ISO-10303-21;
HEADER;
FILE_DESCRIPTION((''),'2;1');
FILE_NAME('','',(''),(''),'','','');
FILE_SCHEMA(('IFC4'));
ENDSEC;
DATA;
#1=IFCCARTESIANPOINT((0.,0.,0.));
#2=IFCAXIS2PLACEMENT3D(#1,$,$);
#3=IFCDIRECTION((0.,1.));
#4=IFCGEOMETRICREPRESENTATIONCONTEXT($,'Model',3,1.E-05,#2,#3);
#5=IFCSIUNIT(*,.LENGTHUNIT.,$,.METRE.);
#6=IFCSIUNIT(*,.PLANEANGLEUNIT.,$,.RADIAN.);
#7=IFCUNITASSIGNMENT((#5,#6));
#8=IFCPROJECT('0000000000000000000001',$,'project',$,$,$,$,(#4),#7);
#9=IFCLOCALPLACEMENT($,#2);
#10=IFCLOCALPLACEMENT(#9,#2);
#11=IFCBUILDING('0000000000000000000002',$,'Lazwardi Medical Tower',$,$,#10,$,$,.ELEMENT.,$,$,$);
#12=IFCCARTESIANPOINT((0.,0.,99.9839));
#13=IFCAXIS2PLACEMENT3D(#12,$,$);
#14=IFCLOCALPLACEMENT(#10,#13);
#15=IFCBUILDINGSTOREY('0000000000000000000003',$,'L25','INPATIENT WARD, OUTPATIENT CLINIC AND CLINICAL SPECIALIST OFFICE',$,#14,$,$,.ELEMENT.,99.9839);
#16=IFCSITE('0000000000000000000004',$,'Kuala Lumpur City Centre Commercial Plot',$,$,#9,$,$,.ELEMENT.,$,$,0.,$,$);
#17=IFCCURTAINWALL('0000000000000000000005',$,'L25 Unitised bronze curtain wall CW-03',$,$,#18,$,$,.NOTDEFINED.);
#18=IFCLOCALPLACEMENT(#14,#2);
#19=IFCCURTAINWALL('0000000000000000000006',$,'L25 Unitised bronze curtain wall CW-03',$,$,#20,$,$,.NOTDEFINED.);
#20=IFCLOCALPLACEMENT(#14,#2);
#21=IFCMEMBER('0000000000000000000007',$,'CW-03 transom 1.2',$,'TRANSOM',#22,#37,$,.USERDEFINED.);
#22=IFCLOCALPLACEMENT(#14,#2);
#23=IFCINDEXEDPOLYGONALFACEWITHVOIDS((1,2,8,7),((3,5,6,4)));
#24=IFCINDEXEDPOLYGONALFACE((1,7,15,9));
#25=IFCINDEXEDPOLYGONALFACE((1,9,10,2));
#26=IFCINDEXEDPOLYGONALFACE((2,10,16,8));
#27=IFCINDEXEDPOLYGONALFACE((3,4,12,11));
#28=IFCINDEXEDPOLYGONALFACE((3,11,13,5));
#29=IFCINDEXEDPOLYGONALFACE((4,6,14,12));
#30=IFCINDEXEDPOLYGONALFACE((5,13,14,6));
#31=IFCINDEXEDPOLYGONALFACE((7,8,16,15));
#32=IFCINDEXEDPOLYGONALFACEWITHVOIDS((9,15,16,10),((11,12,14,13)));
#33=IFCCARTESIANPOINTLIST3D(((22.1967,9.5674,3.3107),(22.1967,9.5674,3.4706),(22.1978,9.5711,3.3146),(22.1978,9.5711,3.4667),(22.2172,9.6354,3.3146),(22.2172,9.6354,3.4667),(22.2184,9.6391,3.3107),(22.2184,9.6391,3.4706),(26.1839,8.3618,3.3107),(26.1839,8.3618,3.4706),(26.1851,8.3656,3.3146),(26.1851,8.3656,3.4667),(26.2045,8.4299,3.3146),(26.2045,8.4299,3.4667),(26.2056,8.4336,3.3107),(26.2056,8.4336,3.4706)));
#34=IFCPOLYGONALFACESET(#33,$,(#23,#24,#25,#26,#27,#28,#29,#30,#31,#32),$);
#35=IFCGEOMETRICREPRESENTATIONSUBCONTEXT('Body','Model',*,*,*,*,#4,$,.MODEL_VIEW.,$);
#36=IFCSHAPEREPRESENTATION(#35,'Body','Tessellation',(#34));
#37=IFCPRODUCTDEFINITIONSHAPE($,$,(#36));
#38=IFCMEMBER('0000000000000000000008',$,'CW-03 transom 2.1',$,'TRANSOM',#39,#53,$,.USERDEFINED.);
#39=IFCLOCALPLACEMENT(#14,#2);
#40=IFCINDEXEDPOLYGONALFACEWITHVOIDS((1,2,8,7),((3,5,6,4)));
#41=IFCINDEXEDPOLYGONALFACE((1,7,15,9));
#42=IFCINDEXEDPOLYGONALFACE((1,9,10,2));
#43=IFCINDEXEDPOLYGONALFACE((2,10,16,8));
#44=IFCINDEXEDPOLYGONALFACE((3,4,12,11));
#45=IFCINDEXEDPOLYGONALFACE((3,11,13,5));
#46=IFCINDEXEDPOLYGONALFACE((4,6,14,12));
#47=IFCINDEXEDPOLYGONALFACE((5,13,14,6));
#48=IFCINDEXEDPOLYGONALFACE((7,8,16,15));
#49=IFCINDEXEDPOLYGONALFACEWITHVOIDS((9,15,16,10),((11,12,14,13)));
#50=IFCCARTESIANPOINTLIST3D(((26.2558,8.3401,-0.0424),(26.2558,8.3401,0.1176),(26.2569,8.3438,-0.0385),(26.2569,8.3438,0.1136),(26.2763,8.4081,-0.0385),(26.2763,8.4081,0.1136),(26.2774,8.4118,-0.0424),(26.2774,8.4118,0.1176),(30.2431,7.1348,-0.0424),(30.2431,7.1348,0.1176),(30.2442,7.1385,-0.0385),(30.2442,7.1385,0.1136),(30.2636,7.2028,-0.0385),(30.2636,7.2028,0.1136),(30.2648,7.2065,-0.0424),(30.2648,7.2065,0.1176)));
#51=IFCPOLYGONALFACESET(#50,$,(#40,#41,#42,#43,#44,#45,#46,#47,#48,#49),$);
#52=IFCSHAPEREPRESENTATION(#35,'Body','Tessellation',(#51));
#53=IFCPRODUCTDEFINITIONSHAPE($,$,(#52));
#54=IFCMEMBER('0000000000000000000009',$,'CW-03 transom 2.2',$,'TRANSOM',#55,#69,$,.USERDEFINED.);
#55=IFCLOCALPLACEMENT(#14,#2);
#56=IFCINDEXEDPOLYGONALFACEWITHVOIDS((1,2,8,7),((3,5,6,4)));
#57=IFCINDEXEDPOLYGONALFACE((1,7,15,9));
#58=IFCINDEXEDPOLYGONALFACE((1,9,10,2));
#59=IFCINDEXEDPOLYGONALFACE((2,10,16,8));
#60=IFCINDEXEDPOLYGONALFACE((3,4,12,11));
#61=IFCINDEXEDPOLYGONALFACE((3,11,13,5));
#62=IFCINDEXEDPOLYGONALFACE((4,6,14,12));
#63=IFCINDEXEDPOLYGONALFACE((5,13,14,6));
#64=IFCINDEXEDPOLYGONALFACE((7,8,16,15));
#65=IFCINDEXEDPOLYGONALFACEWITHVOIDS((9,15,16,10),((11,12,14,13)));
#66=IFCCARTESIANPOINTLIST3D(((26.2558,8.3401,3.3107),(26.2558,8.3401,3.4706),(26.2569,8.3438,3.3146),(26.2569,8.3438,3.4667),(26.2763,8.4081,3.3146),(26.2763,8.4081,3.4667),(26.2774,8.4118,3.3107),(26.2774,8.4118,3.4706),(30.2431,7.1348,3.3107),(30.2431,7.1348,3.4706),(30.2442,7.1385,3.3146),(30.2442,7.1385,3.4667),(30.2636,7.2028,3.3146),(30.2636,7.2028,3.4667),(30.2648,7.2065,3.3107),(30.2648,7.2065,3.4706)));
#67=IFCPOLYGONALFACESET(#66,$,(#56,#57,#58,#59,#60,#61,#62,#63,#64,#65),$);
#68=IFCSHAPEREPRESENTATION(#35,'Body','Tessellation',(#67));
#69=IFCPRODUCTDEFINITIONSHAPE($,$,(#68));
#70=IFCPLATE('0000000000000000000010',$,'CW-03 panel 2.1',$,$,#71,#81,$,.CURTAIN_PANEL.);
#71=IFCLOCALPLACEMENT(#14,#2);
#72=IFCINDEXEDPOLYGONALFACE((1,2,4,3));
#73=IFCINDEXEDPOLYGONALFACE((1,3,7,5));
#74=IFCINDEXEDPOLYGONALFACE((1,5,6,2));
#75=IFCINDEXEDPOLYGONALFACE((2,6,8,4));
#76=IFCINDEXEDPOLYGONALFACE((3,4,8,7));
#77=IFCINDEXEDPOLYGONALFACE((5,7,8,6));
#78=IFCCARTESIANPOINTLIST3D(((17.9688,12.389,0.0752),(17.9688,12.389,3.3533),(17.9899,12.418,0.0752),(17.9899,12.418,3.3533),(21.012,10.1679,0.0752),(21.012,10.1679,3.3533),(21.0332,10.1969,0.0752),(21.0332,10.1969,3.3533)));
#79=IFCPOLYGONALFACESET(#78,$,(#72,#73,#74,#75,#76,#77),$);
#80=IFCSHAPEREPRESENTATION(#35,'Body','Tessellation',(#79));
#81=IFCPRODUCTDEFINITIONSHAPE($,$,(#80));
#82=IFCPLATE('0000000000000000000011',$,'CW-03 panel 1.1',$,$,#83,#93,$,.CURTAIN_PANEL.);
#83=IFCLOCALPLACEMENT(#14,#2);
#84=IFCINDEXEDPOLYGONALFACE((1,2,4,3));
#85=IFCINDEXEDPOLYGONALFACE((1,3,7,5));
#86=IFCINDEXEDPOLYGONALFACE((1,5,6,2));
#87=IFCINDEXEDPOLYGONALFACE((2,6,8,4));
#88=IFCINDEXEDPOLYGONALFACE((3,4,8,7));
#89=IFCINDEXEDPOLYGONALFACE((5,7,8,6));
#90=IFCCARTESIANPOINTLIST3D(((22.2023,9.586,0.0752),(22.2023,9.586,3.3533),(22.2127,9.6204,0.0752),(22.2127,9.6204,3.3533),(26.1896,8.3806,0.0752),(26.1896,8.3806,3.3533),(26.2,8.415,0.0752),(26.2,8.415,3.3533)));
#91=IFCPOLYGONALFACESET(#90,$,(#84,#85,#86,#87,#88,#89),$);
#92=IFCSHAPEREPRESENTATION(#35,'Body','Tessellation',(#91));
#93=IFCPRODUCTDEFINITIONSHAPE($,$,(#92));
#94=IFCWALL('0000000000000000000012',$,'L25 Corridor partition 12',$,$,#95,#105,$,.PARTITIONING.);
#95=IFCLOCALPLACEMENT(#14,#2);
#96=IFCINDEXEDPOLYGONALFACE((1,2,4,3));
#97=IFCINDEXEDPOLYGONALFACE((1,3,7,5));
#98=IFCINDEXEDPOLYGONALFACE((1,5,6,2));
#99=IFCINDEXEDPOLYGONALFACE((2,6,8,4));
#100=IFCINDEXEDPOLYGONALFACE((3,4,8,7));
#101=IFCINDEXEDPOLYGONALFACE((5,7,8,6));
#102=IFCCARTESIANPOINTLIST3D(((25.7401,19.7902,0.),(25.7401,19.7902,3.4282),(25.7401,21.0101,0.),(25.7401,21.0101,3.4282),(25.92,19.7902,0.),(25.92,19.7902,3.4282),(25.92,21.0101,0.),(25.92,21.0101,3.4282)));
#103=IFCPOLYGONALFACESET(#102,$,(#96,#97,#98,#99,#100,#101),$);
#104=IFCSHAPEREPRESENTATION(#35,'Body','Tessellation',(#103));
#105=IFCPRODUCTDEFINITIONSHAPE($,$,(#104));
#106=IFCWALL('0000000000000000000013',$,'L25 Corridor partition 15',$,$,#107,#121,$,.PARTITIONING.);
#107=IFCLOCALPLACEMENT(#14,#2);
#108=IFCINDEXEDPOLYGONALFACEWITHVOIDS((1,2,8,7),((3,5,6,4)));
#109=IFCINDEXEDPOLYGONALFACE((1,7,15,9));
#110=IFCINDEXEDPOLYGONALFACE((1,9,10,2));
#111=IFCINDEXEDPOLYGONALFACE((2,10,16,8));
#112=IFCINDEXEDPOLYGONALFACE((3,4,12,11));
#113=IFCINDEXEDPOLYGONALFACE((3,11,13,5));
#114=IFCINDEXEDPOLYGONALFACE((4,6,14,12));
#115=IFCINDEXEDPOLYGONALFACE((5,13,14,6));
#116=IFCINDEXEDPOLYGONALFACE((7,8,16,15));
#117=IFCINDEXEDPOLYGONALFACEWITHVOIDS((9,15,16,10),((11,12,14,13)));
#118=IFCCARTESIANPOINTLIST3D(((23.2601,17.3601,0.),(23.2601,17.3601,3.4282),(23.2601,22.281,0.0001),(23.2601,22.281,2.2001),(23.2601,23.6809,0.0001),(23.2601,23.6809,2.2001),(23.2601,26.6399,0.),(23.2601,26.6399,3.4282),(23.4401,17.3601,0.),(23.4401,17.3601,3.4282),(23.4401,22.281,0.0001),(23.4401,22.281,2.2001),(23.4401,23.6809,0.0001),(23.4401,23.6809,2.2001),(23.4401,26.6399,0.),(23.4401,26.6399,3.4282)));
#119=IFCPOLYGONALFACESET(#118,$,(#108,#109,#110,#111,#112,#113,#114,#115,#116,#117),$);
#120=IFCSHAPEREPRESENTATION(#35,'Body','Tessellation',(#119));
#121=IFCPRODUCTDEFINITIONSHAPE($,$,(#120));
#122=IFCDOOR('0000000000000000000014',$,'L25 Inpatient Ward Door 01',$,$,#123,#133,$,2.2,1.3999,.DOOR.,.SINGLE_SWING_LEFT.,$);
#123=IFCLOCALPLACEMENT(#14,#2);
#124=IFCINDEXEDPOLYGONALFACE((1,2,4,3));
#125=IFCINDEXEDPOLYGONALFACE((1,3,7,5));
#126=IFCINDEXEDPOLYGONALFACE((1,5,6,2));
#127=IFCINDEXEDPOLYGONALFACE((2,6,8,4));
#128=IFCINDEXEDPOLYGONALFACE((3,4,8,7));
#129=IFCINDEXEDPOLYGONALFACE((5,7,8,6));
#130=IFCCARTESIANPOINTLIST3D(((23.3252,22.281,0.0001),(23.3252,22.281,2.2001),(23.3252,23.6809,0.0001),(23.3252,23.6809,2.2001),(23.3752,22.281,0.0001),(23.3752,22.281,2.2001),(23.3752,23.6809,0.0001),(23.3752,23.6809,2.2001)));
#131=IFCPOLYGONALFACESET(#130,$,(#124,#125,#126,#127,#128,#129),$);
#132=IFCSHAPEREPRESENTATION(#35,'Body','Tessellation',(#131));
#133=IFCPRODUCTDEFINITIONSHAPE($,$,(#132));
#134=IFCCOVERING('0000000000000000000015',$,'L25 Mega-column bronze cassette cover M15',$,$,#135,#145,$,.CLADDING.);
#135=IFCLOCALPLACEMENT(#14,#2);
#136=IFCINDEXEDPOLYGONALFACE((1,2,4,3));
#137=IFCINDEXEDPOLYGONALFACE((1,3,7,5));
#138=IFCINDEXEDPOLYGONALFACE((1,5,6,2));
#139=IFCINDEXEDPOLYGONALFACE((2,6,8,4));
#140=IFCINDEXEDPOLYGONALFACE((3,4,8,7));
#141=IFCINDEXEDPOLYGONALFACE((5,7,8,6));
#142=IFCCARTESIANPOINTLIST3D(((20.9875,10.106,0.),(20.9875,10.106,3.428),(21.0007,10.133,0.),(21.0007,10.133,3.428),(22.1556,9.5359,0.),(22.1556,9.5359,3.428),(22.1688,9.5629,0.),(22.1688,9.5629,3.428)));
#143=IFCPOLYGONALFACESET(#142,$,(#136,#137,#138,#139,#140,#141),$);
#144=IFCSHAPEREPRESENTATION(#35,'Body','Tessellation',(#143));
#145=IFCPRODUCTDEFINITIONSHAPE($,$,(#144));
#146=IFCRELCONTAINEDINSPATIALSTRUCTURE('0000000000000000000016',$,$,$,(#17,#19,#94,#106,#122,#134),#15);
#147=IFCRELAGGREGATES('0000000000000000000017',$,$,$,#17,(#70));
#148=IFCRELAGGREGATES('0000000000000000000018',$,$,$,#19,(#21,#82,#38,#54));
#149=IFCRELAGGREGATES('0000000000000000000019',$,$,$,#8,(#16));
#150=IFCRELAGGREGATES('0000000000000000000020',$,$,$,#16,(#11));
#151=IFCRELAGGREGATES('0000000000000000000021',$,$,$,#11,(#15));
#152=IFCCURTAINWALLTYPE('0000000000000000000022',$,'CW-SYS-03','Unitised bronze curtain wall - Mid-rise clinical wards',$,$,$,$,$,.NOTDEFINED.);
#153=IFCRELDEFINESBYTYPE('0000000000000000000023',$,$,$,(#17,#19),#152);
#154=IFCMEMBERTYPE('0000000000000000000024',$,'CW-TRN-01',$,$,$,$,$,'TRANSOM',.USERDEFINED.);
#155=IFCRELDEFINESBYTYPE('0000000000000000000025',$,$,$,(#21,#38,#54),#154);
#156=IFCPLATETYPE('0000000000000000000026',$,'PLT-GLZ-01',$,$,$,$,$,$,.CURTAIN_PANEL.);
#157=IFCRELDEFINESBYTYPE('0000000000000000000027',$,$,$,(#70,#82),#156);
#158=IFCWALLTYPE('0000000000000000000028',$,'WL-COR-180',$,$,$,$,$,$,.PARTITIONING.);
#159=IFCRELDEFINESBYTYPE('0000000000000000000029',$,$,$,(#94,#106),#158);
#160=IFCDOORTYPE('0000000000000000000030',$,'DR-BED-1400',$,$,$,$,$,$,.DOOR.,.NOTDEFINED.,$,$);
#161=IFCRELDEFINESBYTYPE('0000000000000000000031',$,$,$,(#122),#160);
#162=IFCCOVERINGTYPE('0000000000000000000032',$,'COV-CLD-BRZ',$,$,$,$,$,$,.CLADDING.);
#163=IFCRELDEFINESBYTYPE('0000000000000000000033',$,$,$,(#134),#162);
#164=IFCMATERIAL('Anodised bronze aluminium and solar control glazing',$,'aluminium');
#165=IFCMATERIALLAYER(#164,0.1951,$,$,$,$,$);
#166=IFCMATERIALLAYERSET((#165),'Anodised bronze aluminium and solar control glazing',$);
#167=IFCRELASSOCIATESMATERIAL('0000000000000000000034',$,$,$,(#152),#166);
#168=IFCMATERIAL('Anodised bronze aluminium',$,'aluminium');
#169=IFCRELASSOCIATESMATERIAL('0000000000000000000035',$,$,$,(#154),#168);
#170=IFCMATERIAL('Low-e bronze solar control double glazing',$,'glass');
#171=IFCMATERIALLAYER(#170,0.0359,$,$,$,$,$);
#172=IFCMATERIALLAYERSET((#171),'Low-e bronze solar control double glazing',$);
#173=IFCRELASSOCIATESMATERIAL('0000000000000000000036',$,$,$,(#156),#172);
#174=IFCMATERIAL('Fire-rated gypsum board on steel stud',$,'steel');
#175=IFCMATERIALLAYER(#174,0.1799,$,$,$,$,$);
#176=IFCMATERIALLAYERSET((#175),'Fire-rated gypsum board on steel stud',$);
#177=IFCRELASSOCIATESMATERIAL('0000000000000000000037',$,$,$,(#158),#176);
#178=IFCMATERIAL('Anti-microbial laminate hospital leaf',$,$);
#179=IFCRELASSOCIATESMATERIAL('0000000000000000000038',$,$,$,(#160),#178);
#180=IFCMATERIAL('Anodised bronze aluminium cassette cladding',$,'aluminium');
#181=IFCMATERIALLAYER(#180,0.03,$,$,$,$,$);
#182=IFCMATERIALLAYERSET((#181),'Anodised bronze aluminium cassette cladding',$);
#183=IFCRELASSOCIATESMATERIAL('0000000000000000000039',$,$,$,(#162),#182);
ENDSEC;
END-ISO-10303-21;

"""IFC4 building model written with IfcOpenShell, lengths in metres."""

from ifc_helpers import new_model, si_unit, direction, frame, frame_2d, origin, origin_2d, place, context, subcontext, project, spatial, rectangle, hollow_rectangle, extrude, material, layer, layer_set, material_profile, profile_set, type_object, element, fill, aggregate, save


model = new_model("IFC4")

# Units and contexts
model_context = context("Model", 3, precision=1e-05, world=origin(), true_north=direction((0.0, 1.0)))
body_context = subcontext(model_context, "Body", "Model", "MODEL_VIEW")
ifc_project = project(units=[si_unit("LENGTHUNIT", "METRE"), si_unit("PLANEANGLEUNIT", "RADIAN")], contexts=[model_context])

# Site, building, storey
site_placement = place(None, origin())
site = spatial("IfcSite", under=ifc_project, at=site_placement, Name="Kuala Lumpur City Centre Commercial Plot", CompositionType="ELEMENT", RefElevation=0.0)
building_placement = place(site_placement, origin())
building = spatial("IfcBuilding", under=site, at=building_placement, Name="Lazwardi Medical Tower", CompositionType="ELEMENT")
storey_placement = place(building_placement, frame((0.0, 0.0, 99.9839)))
storey = spatial("IfcBuildingStorey", under=building, at=storey_placement, Name="L25", Description="INPATIENT WARD, OUTPATIENT CLINIC AND CLINICAL SPECIALIST OFFICE", CompositionType="ELEMENT", Elevation=99.9839)

# Curtain wall
ifc_material_1 = material(Name="Anodised bronze aluminium and solar control glazing", Category="aluminium")
ifc_layer_1 = layer(ifc_material_1, 0.1951)
ifc_layer_set_1 = layer_set([ifc_layer_1], Name="Anodised bronze aluminium and solar control glazing")
curtain_wall_type = type_object("IfcCurtainWallType", Name="CW-SYS-03", Description="Unitised bronze curtain wall - Mid-rise clinical wards", PredefinedType="NOTDEFINED", material=ifc_layer_set_1)
curtain_wall_1_placement = place(storey_placement, origin())
curtain_wall_1 = element("IfcCurtainWall", 1, at=curtain_wall_1_placement, inside=storey, type_object=curtain_wall_type, Name="L25 Unitised bronze curtain wall CW-03", PredefinedType="NOTDEFINED")
ifc_material_2 = material(Name="Anodised bronze aluminium", Category="aluminium")

# Curtain wall
curtain_wall_2_placement = place(storey_placement, origin())
curtain_wall_2 = element("IfcCurtainWall", 2, at=curtain_wall_2_placement, inside=storey, type_object=curtain_wall_type, Name="L25 Unitised bronze curtain wall CW-03", PredefinedType="NOTDEFINED")

# Members
ifc_material_profile_1 = material_profile(ifc_material_2, hollow_rectangle(XDim=0.075, YDim=0.1599, WallThickness=0.0039, at=origin_2d()), Name="ALU-TRANSOM 160x75x4")
ifc_profile_set_1 = profile_set([ifc_material_profile_1], Name="Anodised bronze aluminium")
member_type_1 = type_object("IfcMemberType", Name="CW-TRN-01", ElementType="TRANSOM", PredefinedType="USERDEFINED", material=ifc_profile_set_1)
member_1_placement = place(storey_placement, frame((22.2075, 9.6033, 3.3906), z_axis=(0.957205, -0.289412, 0.0), x_axis=(0.289412, 0.957205, 0.0)))
member_1 = element("IfcMember", 3, at=member_1_placement, type_object=member_type_1, Name="CW-03 transom 1.2", ObjectType="TRANSOM", PredefinedType="USERDEFINED", context=body_context, shape_type="SweptSolid", body=[
    extrude(hollow_rectangle(XDim=0.075, YDim=0.1599, WallThickness=0.0039, at=origin_2d()), origin(), (0.0, 0.0, 1.0), 4.1655),
])
member_2_placement = place(storey_placement, frame((26.2666, 8.376, 0.0376), z_axis=(0.957221, -0.289358, 0.0), x_axis=(0.289358, 0.957221, 0.0)))
member_2 = element("IfcMember", 4, at=member_2_placement, type_object=member_type_1, Name="CW-03 transom 2.1", ObjectType="TRANSOM", PredefinedType="USERDEFINED", context=body_context, shape_type="SweptSolid", body=[
    extrude(hollow_rectangle(XDim=0.075, YDim=0.1599, WallThickness=0.0039, at=origin_2d()), origin(), (0.0, 0.0, 1.0), 4.1655),
])
member_3_placement = place(storey_placement, frame((26.2666, 8.376, 3.3906), z_axis=(0.957221, -0.289358, 0.0), x_axis=(0.289358, 0.957221, 0.0)))
member_3 = element("IfcMember", 5, at=member_3_placement, type_object=member_type_1, Name="CW-03 transom 2.2", ObjectType="TRANSOM", PredefinedType="USERDEFINED", context=body_context, shape_type="SweptSolid", body=[
    extrude(hollow_rectangle(XDim=0.075, YDim=0.1599, WallThickness=0.0039, at=origin_2d()), origin(), (0.0, 0.0, 1.0), 4.1655),
])

# Plates
ifc_material_3 = material(Name="Low-e bronze solar control double glazing", Category="glass")
ifc_layer_2 = layer(ifc_material_3, 0.0359)
ifc_layer_set_2 = layer_set([ifc_layer_2], Name="Low-e bronze solar control double glazing")
plate_type = type_object("IfcPlateType", Name="PLT-GLZ-01", PredefinedType="CURTAIN_PANEL", material=ifc_layer_set_2)
plate_1_placement = place(storey_placement, frame((19.501, 11.293, 0.0752), z_axis=(0.0, 0.0, 1.0), x_axis=(0.807746, -0.589531, 0.0)))
plate_1 = element("IfcPlate", 6, at=plate_1_placement, type_object=plate_type, Name="CW-03 panel 2.1", PredefinedType="CURTAIN_PANEL", context=body_context, shape_type="SweptSolid", body=[
    extrude(rectangle(XDim=3.7676, YDim=0.0359, at=origin_2d()), origin(), (0.0, 0.0, 1.0), 3.2781),
])
aggregate(curtain_wall_1, [plate_1])
plate_2_placement = place(storey_placement, frame((24.2012, 9.0005, 0.0752), z_axis=(0.0, 0.0, 1.0), x_axis=(0.957216, -0.289374, 0.0)))
plate_2 = element("IfcPlate", 7, at=plate_2_placement, type_object=plate_type, Name="CW-03 panel 1.1", PredefinedType="CURTAIN_PANEL", context=body_context, shape_type="SweptSolid", body=[
    extrude(rectangle(XDim=4.1655, YDim=0.0359, at=origin_2d()), origin(), (0.0, 0.0, 1.0), 3.2781),
])
aggregate(curtain_wall_2, [member_1, plate_2, member_2, member_3])

# Wall
ifc_material_4 = material(Name="Fire-rated gypsum board on steel stud", Category="steel")
ifc_layer_3 = layer(ifc_material_4, 0.1799)
ifc_layer_set_3 = layer_set([ifc_layer_3], Name="Fire-rated gypsum board on steel stud")
wall_type = type_object("IfcWallType", Name="WL-COR-180", PredefinedType="PARTITIONING", material=ifc_layer_set_3)
wall_1_placement = place(storey_placement, frame((25.8301, 21.01, 0.0), z_axis=(0.0, 0.0, 1.0), x_axis=(0.0, -1.0, 0.0)))
element("IfcWall", 8, at=wall_1_placement, inside=storey, type_object=wall_type, Name="L25 Corridor partition 12", PredefinedType="PARTITIONING", context=body_context, shape_type="SweptSolid", body=[
    extrude(rectangle(XDim=1.22, YDim=0.1799, at=frame_2d((0.6099, 0.0))), origin(), (0.0, 0.0, 1.0), 3.4282),
])

# Wall, opening, door
wall_2_placement = place(storey_placement, frame((23.3501, 17.3601, 0.0), z_axis=(0.0, 0.0, 1.0), x_axis=(0.0, 1.0, 0.0)))
wall_2 = element("IfcWall", 9, at=wall_2_placement, inside=storey, type_object=wall_type, Name="L25 Corridor partition 15", PredefinedType="PARTITIONING", context=body_context, shape_type="SweptSolid", body=[
    extrude(rectangle(XDim=9.2798, YDim=0.1799, at=frame_2d((4.6399, 0.0))), origin(), (0.0, 0.0, 1.0), 3.4282),
])
opening_placement = place(wall_2_placement, frame((4.9209, 0.0, 0.0)))
opening = element("IfcOpeningElement", 10, at=opening_placement, cuts=wall_2, PredefinedType="OPENING", context=body_context, shape_type="SweptSolid", body=[
    extrude(rectangle(XDim=1.3999, YDim=2.2, at=frame_2d((0.7, 1.1001))), frame((0.0, 0.0999, 0.0), z_axis=(0.0, -1.0, 0.0), x_axis=(1.0, 0.0, 0.0)), (0.0, 0.0, 1.0), 0.2),
])
ifc_material_5 = material(Name="Anti-microbial laminate hospital leaf")
door_type = type_object("IfcDoorType", Name="DR-BED-1400", OperationType="NOTDEFINED", PredefinedType="DOOR", material=ifc_material_5)
door_placement = place(opening_placement, origin())
door = element("IfcDoor", 11, at=door_placement, inside=storey, type_object=door_type, Name="L25 Inpatient Ward Door 01", OperationType="SINGLE_SWING_LEFT", OverallHeight=2.2, OverallWidth=1.3999, PredefinedType="DOOR", context=body_context, shape_type="SweptSolid", body=[
    extrude(rectangle(XDim=1.3999, YDim=2.2, at=frame_2d((0.7, 1.1001))), frame((0.0, 0.0249, 0.0), z_axis=(0.0, -1.0, 0.0), x_axis=(1.0, 0.0, 0.0)), (0.0, 0.0, 1.0), 0.05),
])
fill(opening, door)

# Covering
ifc_material_6 = material(Name="Anodised bronze aluminium cassette cladding", Category="aluminium")
ifc_layer_4 = layer(ifc_material_6, 0.03)
ifc_layer_set_4 = layer_set([ifc_layer_4], Name="Anodised bronze aluminium cassette cladding")
covering_type = type_object("IfcCoveringType", Name="COV-CLD-BRZ", PredefinedType="CLADDING", material=ifc_layer_set_4)
covering_placement = place(storey_placement, frame((21.5781, 9.8345, 0.0), z_axis=(0.0, 0.0, 1.0), x_axis=(0.898679, -0.438606, 0.0)))
element("IfcCovering", 12, at=covering_placement, inside=storey, type_object=covering_type, Name="L25 Mega-column bronze cassette cover M15", PredefinedType="CLADDING", context=body_context, shape_type="SweptSolid", body=[
    extrude(rectangle(XDim=1.2998, YDim=0.03, at=origin_2d()), origin(), (0.0, 0.0, 1.0), 3.428),
])

save(model, "model.ifc")
